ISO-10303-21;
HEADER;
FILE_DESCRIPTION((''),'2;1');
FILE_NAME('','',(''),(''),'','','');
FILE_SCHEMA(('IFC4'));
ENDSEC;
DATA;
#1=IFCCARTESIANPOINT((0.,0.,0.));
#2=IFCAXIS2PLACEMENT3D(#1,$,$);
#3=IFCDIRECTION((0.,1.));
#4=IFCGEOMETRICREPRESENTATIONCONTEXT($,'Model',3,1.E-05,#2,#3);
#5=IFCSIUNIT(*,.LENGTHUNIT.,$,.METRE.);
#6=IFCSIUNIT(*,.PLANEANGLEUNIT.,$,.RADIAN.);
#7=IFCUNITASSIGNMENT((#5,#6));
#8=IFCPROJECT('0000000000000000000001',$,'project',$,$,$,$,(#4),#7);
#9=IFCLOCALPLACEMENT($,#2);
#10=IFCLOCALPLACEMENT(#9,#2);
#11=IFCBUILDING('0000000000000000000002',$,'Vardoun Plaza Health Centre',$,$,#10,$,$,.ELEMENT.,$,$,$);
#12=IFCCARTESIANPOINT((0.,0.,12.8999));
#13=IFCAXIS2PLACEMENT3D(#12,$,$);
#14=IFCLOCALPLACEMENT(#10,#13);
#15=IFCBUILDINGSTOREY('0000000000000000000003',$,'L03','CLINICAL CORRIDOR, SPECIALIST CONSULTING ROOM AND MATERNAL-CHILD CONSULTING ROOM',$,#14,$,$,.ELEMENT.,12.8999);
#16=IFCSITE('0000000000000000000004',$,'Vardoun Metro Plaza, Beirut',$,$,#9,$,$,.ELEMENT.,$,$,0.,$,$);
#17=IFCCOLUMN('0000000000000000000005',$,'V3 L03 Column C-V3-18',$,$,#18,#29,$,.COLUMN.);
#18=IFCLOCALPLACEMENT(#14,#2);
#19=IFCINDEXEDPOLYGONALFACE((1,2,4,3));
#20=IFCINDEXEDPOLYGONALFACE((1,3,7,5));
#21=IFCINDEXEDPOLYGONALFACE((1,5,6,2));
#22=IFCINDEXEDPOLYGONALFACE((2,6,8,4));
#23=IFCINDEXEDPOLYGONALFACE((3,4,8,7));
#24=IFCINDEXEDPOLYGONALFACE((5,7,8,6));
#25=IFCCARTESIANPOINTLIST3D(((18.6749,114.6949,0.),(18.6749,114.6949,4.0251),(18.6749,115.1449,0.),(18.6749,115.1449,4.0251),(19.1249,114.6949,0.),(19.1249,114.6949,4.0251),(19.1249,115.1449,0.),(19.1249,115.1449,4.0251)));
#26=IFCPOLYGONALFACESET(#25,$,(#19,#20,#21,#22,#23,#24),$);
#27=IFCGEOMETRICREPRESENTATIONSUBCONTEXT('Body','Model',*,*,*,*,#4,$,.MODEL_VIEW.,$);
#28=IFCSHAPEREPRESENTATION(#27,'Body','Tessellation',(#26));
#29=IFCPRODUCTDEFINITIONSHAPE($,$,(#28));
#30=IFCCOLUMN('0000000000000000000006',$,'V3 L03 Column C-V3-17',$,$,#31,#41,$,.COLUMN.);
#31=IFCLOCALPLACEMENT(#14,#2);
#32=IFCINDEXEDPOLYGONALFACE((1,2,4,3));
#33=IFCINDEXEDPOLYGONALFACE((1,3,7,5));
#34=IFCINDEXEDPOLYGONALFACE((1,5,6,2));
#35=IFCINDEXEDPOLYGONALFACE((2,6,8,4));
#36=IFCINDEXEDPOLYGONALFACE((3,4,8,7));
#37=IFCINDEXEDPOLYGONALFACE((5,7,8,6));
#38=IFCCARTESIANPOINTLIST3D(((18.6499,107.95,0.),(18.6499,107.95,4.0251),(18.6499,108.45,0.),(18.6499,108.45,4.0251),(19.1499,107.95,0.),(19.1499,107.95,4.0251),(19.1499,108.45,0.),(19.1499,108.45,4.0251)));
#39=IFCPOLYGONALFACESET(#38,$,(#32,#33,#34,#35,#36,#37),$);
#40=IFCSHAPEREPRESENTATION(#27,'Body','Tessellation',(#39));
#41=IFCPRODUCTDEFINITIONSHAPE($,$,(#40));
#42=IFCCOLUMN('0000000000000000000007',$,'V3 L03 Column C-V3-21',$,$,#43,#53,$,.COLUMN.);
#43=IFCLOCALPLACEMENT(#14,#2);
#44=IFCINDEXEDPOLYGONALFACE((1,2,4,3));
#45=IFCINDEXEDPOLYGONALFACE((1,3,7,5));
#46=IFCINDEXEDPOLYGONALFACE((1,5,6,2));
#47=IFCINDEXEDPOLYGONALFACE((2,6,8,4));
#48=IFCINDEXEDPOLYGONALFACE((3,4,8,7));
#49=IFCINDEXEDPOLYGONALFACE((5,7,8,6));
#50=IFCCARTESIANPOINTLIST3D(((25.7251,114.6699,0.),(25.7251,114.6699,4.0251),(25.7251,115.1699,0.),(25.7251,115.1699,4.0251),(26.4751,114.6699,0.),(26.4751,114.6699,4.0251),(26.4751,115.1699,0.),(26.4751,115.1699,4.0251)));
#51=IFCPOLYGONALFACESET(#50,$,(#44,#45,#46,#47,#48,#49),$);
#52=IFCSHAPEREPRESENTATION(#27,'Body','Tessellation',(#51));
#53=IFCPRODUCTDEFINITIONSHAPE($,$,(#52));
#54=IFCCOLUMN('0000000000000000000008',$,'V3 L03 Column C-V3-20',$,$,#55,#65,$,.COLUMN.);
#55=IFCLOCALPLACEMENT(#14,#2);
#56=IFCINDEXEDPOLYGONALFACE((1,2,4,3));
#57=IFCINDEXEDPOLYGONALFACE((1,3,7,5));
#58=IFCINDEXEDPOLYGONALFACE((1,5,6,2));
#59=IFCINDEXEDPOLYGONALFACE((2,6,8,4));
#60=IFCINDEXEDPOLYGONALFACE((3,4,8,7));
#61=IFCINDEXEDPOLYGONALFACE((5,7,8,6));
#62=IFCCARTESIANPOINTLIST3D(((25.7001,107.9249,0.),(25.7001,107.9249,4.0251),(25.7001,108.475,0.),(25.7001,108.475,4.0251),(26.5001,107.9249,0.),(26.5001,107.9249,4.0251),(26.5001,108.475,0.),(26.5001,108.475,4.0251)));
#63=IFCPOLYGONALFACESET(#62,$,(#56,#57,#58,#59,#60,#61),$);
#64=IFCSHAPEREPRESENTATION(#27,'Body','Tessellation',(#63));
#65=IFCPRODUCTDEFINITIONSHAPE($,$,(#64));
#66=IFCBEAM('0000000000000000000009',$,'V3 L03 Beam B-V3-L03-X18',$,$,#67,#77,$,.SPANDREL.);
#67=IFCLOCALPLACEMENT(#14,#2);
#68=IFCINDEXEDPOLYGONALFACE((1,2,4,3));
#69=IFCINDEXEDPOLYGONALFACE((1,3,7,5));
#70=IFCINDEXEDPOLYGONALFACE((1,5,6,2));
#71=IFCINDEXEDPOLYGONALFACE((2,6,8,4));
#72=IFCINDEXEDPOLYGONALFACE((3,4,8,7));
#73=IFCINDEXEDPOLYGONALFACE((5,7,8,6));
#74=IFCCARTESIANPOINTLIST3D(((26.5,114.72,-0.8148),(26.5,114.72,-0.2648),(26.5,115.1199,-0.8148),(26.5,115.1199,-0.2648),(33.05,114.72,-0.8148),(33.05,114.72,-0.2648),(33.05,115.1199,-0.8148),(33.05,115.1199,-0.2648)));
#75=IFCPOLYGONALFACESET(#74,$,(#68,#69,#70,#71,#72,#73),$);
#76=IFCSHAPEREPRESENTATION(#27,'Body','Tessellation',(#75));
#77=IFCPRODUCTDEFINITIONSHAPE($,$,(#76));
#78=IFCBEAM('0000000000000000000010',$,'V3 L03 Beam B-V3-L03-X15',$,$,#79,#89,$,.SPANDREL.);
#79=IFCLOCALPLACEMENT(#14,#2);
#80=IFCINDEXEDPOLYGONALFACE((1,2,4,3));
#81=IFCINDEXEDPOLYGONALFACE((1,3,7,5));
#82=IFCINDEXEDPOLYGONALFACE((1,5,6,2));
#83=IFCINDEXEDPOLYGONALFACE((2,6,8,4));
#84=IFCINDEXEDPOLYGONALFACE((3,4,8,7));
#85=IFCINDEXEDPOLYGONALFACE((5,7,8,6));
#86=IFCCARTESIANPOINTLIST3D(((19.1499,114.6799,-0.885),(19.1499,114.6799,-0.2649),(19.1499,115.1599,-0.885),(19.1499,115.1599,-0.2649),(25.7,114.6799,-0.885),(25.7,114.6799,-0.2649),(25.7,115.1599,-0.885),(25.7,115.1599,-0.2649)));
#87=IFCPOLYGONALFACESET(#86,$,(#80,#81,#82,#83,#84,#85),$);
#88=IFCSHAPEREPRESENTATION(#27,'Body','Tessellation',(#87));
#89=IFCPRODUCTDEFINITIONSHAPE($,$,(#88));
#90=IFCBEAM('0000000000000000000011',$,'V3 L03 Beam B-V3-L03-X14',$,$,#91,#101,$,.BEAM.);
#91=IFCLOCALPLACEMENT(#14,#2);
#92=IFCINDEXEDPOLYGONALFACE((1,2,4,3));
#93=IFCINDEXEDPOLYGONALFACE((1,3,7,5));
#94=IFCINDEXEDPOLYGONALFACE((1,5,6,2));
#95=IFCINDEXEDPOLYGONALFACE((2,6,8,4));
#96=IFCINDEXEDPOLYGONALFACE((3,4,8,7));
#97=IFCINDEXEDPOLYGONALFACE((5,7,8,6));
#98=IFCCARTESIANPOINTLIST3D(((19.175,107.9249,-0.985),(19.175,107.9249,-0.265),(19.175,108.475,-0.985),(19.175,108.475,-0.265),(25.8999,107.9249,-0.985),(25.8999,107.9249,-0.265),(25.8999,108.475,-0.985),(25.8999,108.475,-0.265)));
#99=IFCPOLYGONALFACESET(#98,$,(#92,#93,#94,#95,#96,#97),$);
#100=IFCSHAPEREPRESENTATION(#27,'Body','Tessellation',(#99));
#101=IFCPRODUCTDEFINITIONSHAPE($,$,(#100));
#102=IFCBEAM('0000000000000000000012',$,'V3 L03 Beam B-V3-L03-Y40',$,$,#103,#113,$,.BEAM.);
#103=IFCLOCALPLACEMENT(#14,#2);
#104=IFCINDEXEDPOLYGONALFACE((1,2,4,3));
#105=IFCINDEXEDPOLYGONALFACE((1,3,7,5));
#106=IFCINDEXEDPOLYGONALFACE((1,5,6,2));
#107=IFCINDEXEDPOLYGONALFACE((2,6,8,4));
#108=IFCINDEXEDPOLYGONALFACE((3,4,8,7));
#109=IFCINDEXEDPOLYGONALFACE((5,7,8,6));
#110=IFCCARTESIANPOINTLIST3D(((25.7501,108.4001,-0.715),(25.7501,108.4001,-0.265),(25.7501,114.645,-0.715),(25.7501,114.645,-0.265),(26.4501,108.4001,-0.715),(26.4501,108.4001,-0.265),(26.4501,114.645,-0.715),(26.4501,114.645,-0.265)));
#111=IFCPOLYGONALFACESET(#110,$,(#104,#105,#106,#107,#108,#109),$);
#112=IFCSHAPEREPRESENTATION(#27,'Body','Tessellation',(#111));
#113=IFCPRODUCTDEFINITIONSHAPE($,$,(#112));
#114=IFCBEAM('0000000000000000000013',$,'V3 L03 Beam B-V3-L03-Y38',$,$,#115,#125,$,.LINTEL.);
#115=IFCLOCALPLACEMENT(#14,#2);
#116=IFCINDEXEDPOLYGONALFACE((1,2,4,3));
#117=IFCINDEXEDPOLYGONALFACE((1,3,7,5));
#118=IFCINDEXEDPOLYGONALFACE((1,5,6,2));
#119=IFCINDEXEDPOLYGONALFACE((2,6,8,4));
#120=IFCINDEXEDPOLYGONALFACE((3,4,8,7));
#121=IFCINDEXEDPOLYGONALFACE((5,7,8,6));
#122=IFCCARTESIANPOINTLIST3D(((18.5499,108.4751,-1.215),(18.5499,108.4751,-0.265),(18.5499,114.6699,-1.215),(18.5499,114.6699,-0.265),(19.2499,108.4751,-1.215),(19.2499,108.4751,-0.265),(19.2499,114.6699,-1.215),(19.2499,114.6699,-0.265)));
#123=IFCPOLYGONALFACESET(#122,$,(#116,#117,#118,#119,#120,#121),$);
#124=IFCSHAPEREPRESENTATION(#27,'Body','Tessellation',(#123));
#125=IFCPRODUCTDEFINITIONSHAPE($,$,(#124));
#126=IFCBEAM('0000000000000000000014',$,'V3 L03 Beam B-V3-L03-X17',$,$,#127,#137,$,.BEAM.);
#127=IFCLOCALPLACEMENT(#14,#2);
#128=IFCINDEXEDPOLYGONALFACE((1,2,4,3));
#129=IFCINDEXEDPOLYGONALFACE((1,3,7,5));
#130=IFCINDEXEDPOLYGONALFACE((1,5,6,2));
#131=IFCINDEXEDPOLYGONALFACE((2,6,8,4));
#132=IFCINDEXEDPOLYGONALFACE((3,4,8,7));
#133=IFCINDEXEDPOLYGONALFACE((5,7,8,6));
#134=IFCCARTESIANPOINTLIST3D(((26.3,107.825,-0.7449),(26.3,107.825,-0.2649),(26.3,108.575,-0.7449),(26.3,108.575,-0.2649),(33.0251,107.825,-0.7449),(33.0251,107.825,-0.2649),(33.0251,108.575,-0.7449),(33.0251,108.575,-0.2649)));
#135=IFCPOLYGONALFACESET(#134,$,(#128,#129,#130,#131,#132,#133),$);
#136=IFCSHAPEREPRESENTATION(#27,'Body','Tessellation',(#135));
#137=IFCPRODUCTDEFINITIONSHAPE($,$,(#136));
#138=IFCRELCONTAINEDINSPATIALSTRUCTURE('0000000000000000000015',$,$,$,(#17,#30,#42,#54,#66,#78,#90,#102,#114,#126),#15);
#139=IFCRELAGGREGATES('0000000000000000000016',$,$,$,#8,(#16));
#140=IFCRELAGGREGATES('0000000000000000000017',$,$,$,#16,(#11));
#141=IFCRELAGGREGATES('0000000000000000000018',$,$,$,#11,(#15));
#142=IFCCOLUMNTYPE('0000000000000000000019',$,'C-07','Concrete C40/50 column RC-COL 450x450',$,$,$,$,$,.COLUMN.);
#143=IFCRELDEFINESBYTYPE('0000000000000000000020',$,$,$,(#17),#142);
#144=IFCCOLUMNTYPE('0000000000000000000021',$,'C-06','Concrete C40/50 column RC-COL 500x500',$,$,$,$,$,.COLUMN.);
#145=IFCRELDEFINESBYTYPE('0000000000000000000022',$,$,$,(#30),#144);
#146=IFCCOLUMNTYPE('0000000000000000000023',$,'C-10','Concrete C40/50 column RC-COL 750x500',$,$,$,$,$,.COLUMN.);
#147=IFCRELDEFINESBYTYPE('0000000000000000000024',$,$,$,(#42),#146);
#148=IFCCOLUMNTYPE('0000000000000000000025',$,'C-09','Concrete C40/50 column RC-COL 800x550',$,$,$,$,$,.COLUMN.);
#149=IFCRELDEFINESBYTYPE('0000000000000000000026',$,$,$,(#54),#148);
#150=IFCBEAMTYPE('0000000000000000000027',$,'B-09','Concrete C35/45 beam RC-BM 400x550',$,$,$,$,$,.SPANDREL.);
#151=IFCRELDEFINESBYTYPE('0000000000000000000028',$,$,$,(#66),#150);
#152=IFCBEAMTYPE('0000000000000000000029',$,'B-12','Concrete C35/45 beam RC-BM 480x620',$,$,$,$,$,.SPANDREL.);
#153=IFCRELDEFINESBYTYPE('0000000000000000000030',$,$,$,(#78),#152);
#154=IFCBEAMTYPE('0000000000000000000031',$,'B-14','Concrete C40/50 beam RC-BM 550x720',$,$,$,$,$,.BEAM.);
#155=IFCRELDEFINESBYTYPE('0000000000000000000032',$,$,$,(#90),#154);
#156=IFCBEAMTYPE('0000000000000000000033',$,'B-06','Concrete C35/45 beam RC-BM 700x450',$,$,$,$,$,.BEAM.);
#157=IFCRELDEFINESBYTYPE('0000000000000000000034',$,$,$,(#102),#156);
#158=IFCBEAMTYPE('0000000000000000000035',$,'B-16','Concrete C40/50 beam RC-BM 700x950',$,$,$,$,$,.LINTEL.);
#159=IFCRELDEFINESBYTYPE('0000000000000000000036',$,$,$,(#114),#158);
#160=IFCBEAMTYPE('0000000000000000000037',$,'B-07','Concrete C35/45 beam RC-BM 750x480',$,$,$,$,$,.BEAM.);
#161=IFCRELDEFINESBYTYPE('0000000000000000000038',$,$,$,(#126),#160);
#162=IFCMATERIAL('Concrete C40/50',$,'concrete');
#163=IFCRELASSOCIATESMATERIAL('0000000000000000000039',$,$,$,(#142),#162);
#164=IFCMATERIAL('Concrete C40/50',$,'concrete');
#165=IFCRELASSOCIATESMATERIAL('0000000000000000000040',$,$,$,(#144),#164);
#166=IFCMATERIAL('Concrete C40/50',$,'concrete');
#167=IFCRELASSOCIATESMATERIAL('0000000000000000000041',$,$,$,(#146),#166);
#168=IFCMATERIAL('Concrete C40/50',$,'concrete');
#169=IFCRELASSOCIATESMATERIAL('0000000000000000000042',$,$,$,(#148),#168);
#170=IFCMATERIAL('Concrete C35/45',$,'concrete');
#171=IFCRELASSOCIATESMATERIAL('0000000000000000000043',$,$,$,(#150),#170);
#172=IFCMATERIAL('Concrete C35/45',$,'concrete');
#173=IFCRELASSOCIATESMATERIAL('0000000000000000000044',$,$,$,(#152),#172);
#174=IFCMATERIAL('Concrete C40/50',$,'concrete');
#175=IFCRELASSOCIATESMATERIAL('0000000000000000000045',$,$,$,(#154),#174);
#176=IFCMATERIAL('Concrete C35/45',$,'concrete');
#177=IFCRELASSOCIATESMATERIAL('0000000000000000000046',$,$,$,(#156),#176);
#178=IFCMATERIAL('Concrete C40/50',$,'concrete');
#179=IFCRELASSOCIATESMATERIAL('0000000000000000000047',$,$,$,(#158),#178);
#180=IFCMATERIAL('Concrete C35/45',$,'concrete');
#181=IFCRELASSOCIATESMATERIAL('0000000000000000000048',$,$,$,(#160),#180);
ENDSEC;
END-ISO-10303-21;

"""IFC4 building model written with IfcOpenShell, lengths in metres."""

from ifc_helpers import new_model, si_unit, direction, frame, origin, origin_2d, place, context, subcontext, project, spatial, rectangle, extrude, material, material_profile, profile_set, type_object, element, save


model = new_model("IFC4")

# Units and contexts
model_context = context("Model", 3, precision=1e-05, world=origin(), true_north=direction((0.0, 1.0)))
body_context = subcontext(model_context, "Body", "Model", "MODEL_VIEW")
ifc_project = project(units=[si_unit("LENGTHUNIT", "METRE"), si_unit("PLANEANGLEUNIT", "RADIAN")], contexts=[model_context])

# Site, building, storey
site_placement = place(None, origin())
site = spatial("IfcSite", under=ifc_project, at=site_placement, Name="Vardoun Metro Plaza, Beirut", CompositionType="ELEMENT", RefElevation=0.0)
building_placement = place(site_placement, origin())
building = spatial("IfcBuilding", under=site, at=building_placement, Name="Vardoun Plaza Health Centre", CompositionType="ELEMENT")
storey_placement = place(building_placement, frame((0.0, 0.0, 12.8999)))
storey = spatial("IfcBuildingStorey", under=building, at=storey_placement, Name="L03", Description="CLINICAL CORRIDOR, SPECIALIST CONSULTING ROOM AND MATERNAL-CHILD CONSULTING ROOM", CompositionType="ELEMENT", Elevation=12.8999)

# Columns
ifc_material_1 = material(Name="Concrete C40/50", Category="concrete")
ifc_material_profile_1 = material_profile(ifc_material_1, rectangle(XDim=0.45, YDim=0.45, at=origin_2d()), Name="RC-COL 450x450")
ifc_profile_set_1 = profile_set([ifc_material_profile_1], Name="Concrete C40/50")
column_type_1 = type_object("IfcColumnType", Name="C-07", Description="Concrete C40/50 column RC-COL 450x450", PredefinedType="COLUMN", material=ifc_profile_set_1)
column_1_placement = place(storey_placement, frame((18.8999, 114.9199, 0.0), z_axis=(0.0, 0.0, 1.0), x_axis=(1.0, 0.0, 0.0)))
element("IfcColumn", 1, at=column_1_placement, inside=storey, type_object=column_type_1, Name="V3 L03 Column C-V3-18", PredefinedType="COLUMN", context=body_context, shape_type="SweptSolid", body=[
    extrude(rectangle(XDim=0.45, YDim=0.45, at=origin_2d()), origin(), (0.0, 0.0, 1.0), 4.0251),
])
ifc_material_2 = material(Name="Concrete C40/50", Category="concrete")
ifc_material_profile_2 = material_profile(ifc_material_2, rectangle(XDim=0.5, YDim=0.5, at=origin_2d()), Name="RC-COL 500x500")
ifc_profile_set_2 = profile_set([ifc_material_profile_2], Name="Concrete C40/50")
column_type_2 = type_object("IfcColumnType", Name="C-06", Description="Concrete C40/50 column RC-COL 500x500", PredefinedType="COLUMN", material=ifc_profile_set_2)
column_2_placement = place(storey_placement, frame((18.8999, 108.2, 0.0), z_axis=(0.0, 0.0, 1.0), x_axis=(1.0, 0.0, 0.0)))
element("IfcColumn", 2, at=column_2_placement, inside=storey, type_object=column_type_2, Name="V3 L03 Column C-V3-17", PredefinedType="COLUMN", context=body_context, shape_type="SweptSolid", body=[
    extrude(rectangle(XDim=0.5, YDim=0.5, at=origin_2d()), origin(), (0.0, 0.0, 1.0), 4.0251),
])
ifc_material_3 = material(Name="Concrete C40/50", Category="concrete")
ifc_material_profile_3 = material_profile(ifc_material_3, rectangle(XDim=0.75, YDim=0.5, at=origin_2d()), Name="RC-COL 750x500")
ifc_profile_set_3 = profile_set([ifc_material_profile_3], Name="Concrete C40/50")
column_type_3 = type_object("IfcColumnType", Name="C-10", Description="Concrete C40/50 column RC-COL 750x500", PredefinedType="COLUMN", material=ifc_profile_set_3)
column_3_placement = place(storey_placement, frame((26.1001, 114.9199, 0.0), z_axis=(0.0, 0.0, 1.0), x_axis=(1.0, 0.0, 0.0)))
element("IfcColumn", 3, at=column_3_placement, inside=storey, type_object=column_type_3, Name="V3 L03 Column C-V3-21", PredefinedType="COLUMN", context=body_context, shape_type="SweptSolid", body=[
    extrude(rectangle(XDim=0.75, YDim=0.5, at=origin_2d()), origin(), (0.0, 0.0, 1.0), 4.0251),
])
ifc_material_4 = material(Name="Concrete C40/50", Category="concrete")
ifc_material_profile_4 = material_profile(ifc_material_4, rectangle(XDim=0.8, YDim=0.55, at=origin_2d()), Name="RC-COL 800x550")
ifc_profile_set_4 = profile_set([ifc_material_profile_4], Name="Concrete C40/50")
column_type_4 = type_object("IfcColumnType", Name="C-09", Description="Concrete C40/50 column RC-COL 800x550", PredefinedType="COLUMN", material=ifc_profile_set_4)
column_4_placement = place(storey_placement, frame((26.1001, 108.2, 0.0), z_axis=(0.0, 0.0, 1.0), x_axis=(1.0, 0.0, 0.0)))
element("IfcColumn", 4, at=column_4_placement, inside=storey, type_object=column_type_4, Name="V3 L03 Column C-V3-20", PredefinedType="COLUMN", context=body_context, shape_type="SweptSolid", body=[
    extrude(rectangle(XDim=0.8, YDim=0.55, at=origin_2d()), origin(), (0.0, 0.0, 1.0), 4.0251),
])

# Beams
ifc_material_5 = material(Name="Concrete C35/45", Category="concrete")
ifc_material_profile_5 = material_profile(ifc_material_5, rectangle(XDim=0.3999, YDim=0.55, at=origin_2d()), Name="RC-BM 400x550")
ifc_profile_set_5 = profile_set([ifc_material_profile_5], Name="Concrete C35/45")
beam_type_1 = type_object("IfcBeamType", Name="B-09", Description="Concrete C35/45 beam RC-BM 400x550", PredefinedType="SPANDREL", material=ifc_profile_set_5)
beam_1_placement = place(storey_placement, frame((26.5, 114.9199, -0.5398), z_axis=(1.0, 0.0, 0.0), x_axis=(0.0, 1.0, 0.0)))
element("IfcBeam", 5, at=beam_1_placement, inside=storey, type_object=beam_type_1, Name="V3 L03 Beam B-V3-L03-X18", PredefinedType="SPANDREL", context=body_context, shape_type="SweptSolid", body=[
    extrude(rectangle(XDim=0.3999, YDim=0.55, at=origin_2d()), origin(), (0.0, 0.0, 1.0), 6.55),
])
ifc_material_6 = material(Name="Concrete C35/45", Category="concrete")
ifc_material_profile_6 = material_profile(ifc_material_6, rectangle(XDim=0.48, YDim=0.6201, at=origin_2d()), Name="RC-BM 480x620")
ifc_profile_set_6 = profile_set([ifc_material_profile_6], Name="Concrete C35/45")
beam_type_2 = type_object("IfcBeamType", Name="B-12", Description="Concrete C35/45 beam RC-BM 480x620", PredefinedType="SPANDREL", material=ifc_profile_set_6)
beam_2_placement = place(storey_placement, frame((19.1499, 114.9199, -0.575), z_axis=(1.0, 0.0, 0.0), x_axis=(0.0, 1.0, 0.0)))
element("IfcBeam", 6, at=beam_2_placement, inside=storey, type_object=beam_type_2, Name="V3 L03 Beam B-V3-L03-X15", PredefinedType="SPANDREL", context=body_context, shape_type="SweptSolid", body=[
    extrude(rectangle(XDim=0.48, YDim=0.6201, at=origin_2d()), origin(), (0.0, 0.0, 1.0), 6.55),
])
ifc_material_7 = material(Name="Concrete C40/50", Category="concrete")
ifc_material_profile_7 = material_profile(ifc_material_7, rectangle(XDim=0.55, YDim=0.72, at=origin_2d()), Name="RC-BM 550x720")
ifc_profile_set_7 = profile_set([ifc_material_profile_7], Name="Concrete C40/50")
beam_type_3 = type_object("IfcBeamType", Name="B-14", Description="Concrete C40/50 beam RC-BM 550x720", PredefinedType="BEAM", material=ifc_profile_set_7)
beam_3_placement = place(storey_placement, frame((19.175, 108.2, -0.625), z_axis=(1.0, 0.0, 0.0), x_axis=(0.0, 1.0, 0.0)))
element("IfcBeam", 7, at=beam_3_placement, inside=storey, type_object=beam_type_3, Name="V3 L03 Beam B-V3-L03-X14", PredefinedType="BEAM", context=body_context, shape_type="SweptSolid", body=[
    extrude(rectangle(XDim=0.55, YDim=0.72, at=origin_2d()), origin(), (0.0, 0.0, 1.0), 6.7249),
])
ifc_material_8 = material(Name="Concrete C35/45", Category="concrete")
ifc_material_profile_8 = material_profile(ifc_material_8, rectangle(XDim=0.7, YDim=0.45, at=origin_2d()), Name="RC-BM 700x450")
ifc_profile_set_8 = profile_set([ifc_material_profile_8], Name="Concrete C35/45")
beam_type_4 = type_object("IfcBeamType", Name="B-06", Description="Concrete C35/45 beam RC-BM 700x450", PredefinedType="BEAM", material=ifc_profile_set_8)
beam_4_placement = place(storey_placement, frame((26.1001, 108.4001, -0.49), z_axis=(0.0, 1.0, 0.0), x_axis=(-1.0, 0.0, 0.0)))
element("IfcBeam", 8, at=beam_4_placement, inside=storey, type_object=beam_type_4, Name="V3 L03 Beam B-V3-L03-Y40", PredefinedType="BEAM", context=body_context, shape_type="SweptSolid", body=[
    extrude(rectangle(XDim=0.7, YDim=0.45, at=origin_2d()), origin(), (0.0, 0.0, 1.0), 6.2449),
])
ifc_material_9 = material(Name="Concrete C40/50", Category="concrete")
ifc_material_profile_9 = material_profile(ifc_material_9, rectangle(XDim=0.7, YDim=0.95, at=origin_2d()), Name="RC-BM 700x950")
ifc_profile_set_9 = profile_set([ifc_material_profile_9], Name="Concrete C40/50")
beam_type_5 = type_object("IfcBeamType", Name="B-16", Description="Concrete C40/50 beam RC-BM 700x950", PredefinedType="LINTEL", material=ifc_profile_set_9)
beam_5_placement = place(storey_placement, frame((18.8999, 108.4751, -0.74), z_axis=(0.0, 1.0, 0.0), x_axis=(-1.0, 0.0, 0.0)))
element("IfcBeam", 9, at=beam_5_placement, inside=storey, type_object=beam_type_5, Name="V3 L03 Beam B-V3-L03-Y38", PredefinedType="LINTEL", context=body_context, shape_type="SweptSolid", body=[
    extrude(rectangle(XDim=0.7, YDim=0.95, at=origin_2d()), origin(), (0.0, 0.0, 1.0), 6.1948),
])
ifc_material_10 = material(Name="Concrete C35/45", Category="concrete")
ifc_material_profile_10 = material_profile(ifc_material_10, rectangle(XDim=0.75, YDim=0.48, at=origin_2d()), Name="RC-BM 750x480")
ifc_profile_set_10 = profile_set([ifc_material_profile_10], Name="Concrete C35/45")
beam_type_6 = type_object("IfcBeamType", Name="B-07", Description="Concrete C35/45 beam RC-BM 750x480", PredefinedType="BEAM", material=ifc_profile_set_10)
beam_6_placement = place(storey_placement, frame((26.3, 108.2, -0.5049), z_axis=(1.0, 0.0, 0.0), x_axis=(0.0, 1.0, 0.0)))
element("IfcBeam", 10, at=beam_6_placement, inside=storey, type_object=beam_type_6, Name="V3 L03 Beam B-V3-L03-X17", PredefinedType="BEAM", context=body_context, shape_type="SweptSolid", body=[
    extrude(rectangle(XDim=0.75, YDim=0.48, at=origin_2d()), origin(), (0.0, 0.0, 1.0), 6.7251),
])

save(model, "model.ifc")
